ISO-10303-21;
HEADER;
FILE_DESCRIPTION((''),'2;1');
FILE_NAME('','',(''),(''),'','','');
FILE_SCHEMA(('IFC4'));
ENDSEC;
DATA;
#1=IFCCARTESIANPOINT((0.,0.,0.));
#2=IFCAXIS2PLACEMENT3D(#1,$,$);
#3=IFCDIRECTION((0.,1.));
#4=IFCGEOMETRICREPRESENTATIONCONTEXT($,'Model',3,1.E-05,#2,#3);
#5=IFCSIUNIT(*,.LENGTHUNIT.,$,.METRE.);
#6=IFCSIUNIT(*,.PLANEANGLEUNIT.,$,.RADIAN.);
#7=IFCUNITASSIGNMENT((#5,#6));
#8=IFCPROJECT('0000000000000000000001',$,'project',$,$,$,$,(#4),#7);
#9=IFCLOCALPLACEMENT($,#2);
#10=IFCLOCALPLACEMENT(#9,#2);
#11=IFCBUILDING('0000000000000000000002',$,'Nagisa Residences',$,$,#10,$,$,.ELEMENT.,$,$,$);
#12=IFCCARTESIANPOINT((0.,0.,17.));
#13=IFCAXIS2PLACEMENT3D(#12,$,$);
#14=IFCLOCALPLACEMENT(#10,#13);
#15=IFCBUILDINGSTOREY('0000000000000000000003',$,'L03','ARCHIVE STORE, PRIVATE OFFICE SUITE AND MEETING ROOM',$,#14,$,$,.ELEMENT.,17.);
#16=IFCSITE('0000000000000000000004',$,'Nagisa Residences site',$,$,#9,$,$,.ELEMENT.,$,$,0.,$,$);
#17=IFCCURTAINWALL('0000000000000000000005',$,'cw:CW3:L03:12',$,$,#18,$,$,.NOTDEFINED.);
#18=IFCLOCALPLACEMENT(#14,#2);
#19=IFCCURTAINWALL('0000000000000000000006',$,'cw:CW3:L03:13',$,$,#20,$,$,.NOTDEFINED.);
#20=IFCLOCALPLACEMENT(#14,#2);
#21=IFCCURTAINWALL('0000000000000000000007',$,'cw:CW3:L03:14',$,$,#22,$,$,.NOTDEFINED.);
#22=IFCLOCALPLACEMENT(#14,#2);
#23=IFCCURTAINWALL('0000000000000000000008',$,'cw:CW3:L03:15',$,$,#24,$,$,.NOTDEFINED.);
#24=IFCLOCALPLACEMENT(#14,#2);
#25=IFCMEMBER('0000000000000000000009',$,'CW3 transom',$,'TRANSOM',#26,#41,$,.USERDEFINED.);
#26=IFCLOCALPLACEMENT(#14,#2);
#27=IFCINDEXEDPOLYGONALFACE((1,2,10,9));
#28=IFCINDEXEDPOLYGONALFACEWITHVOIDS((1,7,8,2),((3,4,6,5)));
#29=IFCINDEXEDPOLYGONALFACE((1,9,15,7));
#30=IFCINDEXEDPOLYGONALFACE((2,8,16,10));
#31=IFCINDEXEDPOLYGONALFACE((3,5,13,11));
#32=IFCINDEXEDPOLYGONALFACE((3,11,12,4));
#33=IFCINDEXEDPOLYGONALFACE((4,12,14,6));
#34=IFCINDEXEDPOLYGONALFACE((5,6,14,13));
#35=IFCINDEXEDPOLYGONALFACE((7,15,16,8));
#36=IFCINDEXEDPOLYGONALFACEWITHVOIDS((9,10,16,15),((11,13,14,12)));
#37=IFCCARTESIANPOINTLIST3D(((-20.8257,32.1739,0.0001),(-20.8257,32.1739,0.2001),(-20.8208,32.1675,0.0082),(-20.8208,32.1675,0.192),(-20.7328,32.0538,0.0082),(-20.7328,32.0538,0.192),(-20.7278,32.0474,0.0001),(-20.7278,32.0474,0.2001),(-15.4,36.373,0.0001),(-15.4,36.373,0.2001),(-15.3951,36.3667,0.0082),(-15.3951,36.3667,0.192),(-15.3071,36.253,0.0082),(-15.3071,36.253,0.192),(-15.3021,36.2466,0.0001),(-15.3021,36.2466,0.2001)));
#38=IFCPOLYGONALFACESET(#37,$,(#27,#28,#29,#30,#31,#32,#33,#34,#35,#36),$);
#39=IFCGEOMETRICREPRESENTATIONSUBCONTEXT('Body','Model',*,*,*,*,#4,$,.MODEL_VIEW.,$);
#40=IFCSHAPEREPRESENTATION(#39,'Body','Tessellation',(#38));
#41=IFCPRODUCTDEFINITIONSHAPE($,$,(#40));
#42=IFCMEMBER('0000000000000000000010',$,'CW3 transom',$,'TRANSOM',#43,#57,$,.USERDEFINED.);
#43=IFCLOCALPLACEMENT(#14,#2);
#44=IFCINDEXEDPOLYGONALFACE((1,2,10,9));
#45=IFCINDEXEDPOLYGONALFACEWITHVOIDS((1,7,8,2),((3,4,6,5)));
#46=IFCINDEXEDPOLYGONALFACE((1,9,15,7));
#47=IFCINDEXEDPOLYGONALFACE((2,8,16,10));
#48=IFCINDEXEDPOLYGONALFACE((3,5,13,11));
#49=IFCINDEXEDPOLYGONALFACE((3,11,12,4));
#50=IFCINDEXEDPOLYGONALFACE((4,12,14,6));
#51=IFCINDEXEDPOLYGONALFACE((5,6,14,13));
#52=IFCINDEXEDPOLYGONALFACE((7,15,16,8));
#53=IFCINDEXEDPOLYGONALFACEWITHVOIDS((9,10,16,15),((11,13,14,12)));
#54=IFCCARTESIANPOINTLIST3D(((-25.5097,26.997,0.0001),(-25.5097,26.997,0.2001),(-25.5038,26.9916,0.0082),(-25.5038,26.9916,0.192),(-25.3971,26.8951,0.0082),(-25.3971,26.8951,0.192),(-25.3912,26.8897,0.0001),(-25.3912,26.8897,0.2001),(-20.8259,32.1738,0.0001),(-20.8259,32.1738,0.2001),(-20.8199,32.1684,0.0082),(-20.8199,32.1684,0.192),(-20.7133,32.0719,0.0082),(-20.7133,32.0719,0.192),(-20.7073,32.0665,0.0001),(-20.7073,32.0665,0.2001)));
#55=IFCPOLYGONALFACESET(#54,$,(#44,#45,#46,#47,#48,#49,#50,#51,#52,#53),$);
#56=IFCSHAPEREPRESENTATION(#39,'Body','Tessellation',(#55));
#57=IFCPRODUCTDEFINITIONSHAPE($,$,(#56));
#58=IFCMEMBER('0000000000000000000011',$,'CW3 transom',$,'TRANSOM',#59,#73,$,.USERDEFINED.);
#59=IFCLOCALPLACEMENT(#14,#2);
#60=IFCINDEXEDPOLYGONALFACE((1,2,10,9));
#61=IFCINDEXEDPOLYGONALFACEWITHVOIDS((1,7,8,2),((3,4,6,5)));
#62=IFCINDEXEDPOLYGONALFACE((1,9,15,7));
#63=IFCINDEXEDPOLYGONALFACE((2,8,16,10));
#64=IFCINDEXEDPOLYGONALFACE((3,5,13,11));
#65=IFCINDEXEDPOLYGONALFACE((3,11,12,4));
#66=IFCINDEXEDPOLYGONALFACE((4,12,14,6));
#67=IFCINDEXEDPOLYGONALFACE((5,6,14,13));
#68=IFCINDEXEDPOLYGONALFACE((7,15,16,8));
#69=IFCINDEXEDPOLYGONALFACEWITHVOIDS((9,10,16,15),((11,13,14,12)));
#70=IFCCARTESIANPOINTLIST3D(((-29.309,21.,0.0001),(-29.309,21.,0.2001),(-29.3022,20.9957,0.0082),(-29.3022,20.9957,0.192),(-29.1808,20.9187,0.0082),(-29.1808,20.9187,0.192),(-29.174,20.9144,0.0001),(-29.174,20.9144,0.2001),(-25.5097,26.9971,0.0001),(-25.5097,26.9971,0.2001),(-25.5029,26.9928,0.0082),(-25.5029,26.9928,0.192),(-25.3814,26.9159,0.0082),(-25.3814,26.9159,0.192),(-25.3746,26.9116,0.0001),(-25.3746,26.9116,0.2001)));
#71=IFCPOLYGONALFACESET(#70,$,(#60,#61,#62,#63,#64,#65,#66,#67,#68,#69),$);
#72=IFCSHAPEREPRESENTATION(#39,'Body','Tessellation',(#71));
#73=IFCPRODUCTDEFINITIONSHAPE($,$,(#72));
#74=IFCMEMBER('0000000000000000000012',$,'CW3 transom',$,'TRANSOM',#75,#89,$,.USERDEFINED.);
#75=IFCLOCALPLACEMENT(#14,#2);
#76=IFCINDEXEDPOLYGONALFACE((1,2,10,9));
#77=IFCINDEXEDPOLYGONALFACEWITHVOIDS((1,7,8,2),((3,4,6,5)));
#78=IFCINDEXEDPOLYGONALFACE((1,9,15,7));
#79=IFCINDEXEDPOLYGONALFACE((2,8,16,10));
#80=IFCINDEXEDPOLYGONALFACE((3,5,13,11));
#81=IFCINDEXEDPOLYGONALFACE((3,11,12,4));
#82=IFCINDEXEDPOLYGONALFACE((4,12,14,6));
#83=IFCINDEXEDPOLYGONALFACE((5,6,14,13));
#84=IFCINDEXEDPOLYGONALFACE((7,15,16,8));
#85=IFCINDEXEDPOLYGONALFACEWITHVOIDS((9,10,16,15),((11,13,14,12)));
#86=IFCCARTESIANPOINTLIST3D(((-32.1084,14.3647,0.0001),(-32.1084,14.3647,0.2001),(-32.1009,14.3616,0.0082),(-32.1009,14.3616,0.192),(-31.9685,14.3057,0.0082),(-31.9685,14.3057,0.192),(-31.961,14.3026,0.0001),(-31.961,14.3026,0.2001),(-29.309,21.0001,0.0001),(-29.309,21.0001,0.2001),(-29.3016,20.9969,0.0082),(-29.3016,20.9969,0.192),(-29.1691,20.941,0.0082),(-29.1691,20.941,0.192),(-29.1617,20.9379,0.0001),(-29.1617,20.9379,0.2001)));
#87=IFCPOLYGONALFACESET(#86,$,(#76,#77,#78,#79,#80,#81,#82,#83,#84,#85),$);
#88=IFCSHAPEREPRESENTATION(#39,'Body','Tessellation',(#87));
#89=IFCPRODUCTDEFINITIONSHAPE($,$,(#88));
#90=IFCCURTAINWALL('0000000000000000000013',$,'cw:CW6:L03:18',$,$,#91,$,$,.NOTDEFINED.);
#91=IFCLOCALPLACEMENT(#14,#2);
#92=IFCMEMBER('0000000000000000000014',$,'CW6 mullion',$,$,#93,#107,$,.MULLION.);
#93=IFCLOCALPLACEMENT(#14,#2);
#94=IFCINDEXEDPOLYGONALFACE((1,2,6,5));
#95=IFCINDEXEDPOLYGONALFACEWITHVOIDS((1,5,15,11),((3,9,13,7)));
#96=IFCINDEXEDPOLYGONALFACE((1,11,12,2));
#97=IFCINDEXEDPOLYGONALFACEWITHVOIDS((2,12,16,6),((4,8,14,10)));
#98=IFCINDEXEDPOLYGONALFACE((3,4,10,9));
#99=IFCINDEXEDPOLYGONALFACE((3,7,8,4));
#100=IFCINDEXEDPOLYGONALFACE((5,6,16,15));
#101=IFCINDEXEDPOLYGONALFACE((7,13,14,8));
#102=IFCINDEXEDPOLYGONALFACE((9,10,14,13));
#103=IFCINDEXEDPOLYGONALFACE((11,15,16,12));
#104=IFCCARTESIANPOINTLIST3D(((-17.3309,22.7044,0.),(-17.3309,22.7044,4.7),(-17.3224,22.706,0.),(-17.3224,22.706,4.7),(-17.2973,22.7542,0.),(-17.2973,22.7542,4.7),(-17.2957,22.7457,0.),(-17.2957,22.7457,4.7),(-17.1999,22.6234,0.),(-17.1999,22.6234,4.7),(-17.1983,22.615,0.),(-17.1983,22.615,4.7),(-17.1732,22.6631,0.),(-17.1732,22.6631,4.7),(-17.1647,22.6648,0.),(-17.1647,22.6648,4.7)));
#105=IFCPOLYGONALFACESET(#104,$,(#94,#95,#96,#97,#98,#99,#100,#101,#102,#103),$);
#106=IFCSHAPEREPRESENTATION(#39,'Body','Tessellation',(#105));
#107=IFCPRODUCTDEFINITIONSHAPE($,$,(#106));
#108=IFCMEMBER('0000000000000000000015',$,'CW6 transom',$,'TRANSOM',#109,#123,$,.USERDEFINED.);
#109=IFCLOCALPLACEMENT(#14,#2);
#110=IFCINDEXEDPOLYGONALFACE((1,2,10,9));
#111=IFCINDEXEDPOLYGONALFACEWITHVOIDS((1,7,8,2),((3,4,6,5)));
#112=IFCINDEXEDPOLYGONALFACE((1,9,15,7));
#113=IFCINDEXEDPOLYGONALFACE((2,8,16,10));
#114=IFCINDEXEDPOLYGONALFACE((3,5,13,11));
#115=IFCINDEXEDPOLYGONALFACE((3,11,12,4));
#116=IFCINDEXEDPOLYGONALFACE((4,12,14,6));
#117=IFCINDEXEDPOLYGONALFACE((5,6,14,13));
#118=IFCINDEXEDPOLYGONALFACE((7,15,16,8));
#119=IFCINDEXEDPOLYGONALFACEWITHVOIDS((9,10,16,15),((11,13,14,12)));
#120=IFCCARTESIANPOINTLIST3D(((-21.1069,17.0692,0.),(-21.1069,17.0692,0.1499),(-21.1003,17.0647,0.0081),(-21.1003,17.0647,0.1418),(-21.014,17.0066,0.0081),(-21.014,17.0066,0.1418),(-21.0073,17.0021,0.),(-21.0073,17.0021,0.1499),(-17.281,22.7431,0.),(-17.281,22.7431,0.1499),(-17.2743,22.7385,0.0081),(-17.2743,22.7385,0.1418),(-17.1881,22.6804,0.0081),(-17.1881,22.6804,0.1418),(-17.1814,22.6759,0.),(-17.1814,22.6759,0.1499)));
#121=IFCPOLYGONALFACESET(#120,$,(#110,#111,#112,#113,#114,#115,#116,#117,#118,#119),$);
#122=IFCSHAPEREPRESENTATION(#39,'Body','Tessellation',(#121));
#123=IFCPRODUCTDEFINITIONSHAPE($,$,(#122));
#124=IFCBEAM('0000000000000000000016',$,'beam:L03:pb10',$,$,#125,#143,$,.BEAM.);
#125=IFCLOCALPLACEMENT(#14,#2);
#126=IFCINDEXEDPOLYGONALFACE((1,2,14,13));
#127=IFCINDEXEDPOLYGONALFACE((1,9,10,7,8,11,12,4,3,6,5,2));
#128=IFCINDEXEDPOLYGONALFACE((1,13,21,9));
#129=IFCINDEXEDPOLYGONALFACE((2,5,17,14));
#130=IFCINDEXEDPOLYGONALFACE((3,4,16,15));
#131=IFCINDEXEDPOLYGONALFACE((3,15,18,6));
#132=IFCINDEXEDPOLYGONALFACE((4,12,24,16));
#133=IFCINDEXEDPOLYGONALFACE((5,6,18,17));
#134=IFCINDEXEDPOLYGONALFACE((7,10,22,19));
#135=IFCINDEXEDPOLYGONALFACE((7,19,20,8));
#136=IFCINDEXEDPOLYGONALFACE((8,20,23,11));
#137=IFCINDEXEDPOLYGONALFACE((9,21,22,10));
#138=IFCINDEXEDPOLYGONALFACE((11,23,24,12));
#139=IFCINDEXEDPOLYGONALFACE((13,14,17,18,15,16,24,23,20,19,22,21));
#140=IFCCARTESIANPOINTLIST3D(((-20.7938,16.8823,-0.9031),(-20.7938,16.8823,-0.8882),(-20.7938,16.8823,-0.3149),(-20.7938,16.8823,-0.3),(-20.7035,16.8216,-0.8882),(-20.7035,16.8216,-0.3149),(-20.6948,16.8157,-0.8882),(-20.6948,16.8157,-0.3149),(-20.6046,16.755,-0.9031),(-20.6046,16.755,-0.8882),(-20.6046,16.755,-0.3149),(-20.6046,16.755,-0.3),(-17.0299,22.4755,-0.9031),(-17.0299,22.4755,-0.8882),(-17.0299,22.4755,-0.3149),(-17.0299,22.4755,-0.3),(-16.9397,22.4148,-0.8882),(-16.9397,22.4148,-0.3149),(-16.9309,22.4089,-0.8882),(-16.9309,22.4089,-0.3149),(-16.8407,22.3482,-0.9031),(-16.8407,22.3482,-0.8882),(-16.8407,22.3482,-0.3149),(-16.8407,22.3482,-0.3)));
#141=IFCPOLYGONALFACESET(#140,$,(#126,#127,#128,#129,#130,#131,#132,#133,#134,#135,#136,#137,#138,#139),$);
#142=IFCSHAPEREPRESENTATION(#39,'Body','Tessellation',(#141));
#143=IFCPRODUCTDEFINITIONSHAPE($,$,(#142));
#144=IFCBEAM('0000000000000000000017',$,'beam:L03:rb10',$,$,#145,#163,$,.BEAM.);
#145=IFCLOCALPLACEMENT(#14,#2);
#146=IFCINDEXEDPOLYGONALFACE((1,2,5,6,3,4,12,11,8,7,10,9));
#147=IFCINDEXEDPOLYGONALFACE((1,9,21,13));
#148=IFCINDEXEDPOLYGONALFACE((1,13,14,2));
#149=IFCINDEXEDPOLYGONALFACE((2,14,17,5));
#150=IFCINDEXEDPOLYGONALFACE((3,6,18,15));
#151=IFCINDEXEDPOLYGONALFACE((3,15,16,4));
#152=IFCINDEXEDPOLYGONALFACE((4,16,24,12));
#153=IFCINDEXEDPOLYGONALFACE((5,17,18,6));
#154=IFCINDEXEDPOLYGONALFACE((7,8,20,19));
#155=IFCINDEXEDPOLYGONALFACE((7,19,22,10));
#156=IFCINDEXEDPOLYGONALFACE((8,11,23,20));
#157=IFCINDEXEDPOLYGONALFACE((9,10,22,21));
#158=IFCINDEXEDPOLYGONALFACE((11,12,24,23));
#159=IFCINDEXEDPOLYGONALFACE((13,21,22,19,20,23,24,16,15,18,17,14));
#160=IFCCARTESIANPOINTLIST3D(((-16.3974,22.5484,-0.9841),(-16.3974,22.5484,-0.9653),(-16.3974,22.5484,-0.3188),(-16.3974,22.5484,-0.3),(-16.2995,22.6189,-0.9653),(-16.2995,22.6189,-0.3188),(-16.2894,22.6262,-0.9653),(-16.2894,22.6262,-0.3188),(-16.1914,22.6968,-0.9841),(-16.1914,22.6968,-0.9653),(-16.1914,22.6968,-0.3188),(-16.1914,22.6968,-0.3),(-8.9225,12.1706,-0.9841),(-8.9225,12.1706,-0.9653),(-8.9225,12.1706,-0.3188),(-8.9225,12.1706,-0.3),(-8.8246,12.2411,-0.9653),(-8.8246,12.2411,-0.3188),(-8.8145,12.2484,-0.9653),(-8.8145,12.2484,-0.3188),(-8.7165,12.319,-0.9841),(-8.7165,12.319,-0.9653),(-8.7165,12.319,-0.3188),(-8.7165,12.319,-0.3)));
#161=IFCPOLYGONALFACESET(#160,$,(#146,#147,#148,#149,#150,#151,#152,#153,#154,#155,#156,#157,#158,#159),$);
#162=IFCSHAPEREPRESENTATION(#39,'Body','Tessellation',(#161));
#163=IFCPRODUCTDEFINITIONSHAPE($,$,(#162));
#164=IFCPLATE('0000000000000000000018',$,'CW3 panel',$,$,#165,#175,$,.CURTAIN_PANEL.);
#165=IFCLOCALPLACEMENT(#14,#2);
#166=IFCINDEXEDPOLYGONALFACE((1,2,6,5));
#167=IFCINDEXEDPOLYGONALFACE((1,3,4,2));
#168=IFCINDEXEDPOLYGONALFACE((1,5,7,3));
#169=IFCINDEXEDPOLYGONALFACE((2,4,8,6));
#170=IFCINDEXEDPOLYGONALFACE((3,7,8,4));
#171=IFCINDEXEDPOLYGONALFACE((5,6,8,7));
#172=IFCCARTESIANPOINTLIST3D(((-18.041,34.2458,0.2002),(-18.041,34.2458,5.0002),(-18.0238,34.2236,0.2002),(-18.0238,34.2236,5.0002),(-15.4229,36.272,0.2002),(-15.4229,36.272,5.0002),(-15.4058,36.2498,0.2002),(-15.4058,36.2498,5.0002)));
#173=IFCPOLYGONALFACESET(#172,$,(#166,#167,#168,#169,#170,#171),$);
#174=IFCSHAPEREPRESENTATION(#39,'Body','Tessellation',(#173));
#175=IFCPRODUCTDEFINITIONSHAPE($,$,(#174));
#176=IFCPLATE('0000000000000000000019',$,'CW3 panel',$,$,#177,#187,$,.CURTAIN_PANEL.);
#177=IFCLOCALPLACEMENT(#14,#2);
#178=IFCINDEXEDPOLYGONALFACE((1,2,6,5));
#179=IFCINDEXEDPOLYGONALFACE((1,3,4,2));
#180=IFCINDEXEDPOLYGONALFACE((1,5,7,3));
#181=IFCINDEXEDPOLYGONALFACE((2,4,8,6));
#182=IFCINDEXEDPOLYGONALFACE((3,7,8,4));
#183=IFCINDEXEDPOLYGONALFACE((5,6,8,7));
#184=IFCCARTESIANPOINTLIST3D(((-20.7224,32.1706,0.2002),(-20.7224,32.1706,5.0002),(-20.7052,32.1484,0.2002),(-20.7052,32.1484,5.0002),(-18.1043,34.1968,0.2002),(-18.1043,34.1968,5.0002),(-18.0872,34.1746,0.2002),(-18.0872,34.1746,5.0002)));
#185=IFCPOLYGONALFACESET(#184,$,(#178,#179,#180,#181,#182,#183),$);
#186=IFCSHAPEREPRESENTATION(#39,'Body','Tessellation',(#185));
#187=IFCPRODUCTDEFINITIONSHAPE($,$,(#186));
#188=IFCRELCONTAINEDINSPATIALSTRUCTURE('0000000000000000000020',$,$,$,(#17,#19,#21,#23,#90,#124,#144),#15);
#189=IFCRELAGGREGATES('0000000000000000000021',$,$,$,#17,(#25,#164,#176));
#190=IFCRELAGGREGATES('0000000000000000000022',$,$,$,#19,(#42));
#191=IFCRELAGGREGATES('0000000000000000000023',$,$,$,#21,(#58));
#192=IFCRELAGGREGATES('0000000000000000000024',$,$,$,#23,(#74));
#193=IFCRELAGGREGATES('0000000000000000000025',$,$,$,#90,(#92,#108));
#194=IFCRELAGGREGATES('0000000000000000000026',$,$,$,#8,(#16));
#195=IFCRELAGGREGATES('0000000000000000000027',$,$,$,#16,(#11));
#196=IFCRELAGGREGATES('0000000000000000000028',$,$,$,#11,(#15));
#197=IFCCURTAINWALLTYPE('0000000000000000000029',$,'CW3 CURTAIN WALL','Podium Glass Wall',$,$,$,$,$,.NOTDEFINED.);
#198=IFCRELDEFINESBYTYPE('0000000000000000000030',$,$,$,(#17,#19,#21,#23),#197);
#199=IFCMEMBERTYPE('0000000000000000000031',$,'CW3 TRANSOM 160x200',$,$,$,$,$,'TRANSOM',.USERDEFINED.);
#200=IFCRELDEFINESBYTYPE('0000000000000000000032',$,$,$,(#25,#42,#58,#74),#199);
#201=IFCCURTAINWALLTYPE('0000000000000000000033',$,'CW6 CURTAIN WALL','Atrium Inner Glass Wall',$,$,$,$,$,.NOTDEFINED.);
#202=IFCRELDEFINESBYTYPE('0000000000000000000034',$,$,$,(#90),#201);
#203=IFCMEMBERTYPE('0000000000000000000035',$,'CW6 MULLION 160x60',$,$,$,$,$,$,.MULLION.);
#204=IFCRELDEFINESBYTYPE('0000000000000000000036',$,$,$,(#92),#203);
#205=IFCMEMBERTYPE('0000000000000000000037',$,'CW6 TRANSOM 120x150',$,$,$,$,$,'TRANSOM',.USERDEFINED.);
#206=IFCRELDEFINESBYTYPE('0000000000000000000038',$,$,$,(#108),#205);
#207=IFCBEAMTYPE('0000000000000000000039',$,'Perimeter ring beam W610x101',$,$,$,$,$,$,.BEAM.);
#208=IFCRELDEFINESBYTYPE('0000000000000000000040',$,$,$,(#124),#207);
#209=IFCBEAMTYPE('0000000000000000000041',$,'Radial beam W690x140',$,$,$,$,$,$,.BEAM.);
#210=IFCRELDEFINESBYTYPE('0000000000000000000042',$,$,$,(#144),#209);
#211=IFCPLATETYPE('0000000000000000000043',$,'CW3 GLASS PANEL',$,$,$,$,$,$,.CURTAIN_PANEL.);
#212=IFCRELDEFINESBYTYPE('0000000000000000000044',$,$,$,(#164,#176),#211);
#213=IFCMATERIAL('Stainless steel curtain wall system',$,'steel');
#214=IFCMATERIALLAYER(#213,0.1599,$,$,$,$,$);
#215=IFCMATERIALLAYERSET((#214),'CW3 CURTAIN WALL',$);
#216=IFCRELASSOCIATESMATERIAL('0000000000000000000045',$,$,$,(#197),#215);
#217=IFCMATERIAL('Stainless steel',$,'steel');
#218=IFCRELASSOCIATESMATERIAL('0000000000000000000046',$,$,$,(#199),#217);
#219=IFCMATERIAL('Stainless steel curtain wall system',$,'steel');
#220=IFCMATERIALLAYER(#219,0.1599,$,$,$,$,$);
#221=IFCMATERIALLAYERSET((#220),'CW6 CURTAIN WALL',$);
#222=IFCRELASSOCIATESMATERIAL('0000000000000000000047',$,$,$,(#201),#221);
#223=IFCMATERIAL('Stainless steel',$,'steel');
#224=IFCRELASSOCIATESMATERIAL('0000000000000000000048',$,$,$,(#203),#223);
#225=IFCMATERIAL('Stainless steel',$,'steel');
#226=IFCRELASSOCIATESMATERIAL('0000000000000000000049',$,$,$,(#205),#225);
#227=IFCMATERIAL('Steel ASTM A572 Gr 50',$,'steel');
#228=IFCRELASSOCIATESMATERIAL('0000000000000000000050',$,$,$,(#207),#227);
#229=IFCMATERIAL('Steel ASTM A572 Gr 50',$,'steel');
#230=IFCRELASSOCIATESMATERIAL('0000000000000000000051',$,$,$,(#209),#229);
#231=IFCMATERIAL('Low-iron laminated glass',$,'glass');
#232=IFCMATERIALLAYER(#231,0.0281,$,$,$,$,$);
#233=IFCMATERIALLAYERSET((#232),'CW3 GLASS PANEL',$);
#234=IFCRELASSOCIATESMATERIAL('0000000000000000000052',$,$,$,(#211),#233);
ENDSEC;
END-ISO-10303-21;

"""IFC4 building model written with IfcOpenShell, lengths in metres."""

from ifc_helpers import new_model, si_unit, direction, frame, origin, origin_2d, place, context, subcontext, project, spatial, rectangle, hollow_rectangle, i_section, extrude, material, layer, layer_set, material_profile, profile_set, type_object, element, aggregate, save


model = new_model("IFC4")

# Units and contexts
model_context = context("Model", 3, precision=1e-05, world=origin(), true_north=direction((0.0, 1.0)))
body_context = subcontext(model_context, "Body", "Model", "MODEL_VIEW")
ifc_project = project(units=[si_unit("LENGTHUNIT", "METRE"), si_unit("PLANEANGLEUNIT", "RADIAN")], contexts=[model_context])

# Site, building, storey
site_placement = place(None, origin())
site = spatial("IfcSite", under=ifc_project, at=site_placement, Name="Nagisa Residences site", CompositionType="ELEMENT", RefElevation=0.0)
building_placement = place(site_placement, origin())
building = spatial("IfcBuilding", under=site, at=building_placement, Name="Nagisa Residences", CompositionType="ELEMENT")
storey_placement = place(building_placement, frame((0.0, 0.0, 17.0)))
storey = spatial("IfcBuildingStorey", under=building, at=storey_placement, Name="L03", Description="ARCHIVE STORE, PRIVATE OFFICE SUITE AND MEETING ROOM", CompositionType="ELEMENT", Elevation=17.0)

# Shared definitions
ifc_material_1 = material(Name="Stainless steel curtain wall system", Category="steel")
ifc_layer_1 = layer(ifc_material_1, 0.1599)
ifc_layer_set_1 = layer_set([ifc_layer_1], Name="CW3 CURTAIN WALL")
curtain_wall_type_1 = type_object("IfcCurtainWallType", Name="CW3 CURTAIN WALL", Description="Podium Glass Wall", PredefinedType="NOTDEFINED", material=ifc_layer_set_1)

# Curtain walls
curtain_wall_1_placement = place(storey_placement, origin())
curtain_wall_1 = element("IfcCurtainWall", 1, at=curtain_wall_1_placement, inside=storey, type_object=curtain_wall_type_1, Name="cw:CW3:L03:12", PredefinedType="NOTDEFINED")
curtain_wall_2_placement = place(storey_placement, origin())
curtain_wall_2 = element("IfcCurtainWall", 2, at=curtain_wall_2_placement, inside=storey, type_object=curtain_wall_type_1, Name="cw:CW3:L03:13", PredefinedType="NOTDEFINED")
curtain_wall_3_placement = place(storey_placement, origin())
curtain_wall_3 = element("IfcCurtainWall", 3, at=curtain_wall_3_placement, inside=storey, type_object=curtain_wall_type_1, Name="cw:CW3:L03:14", PredefinedType="NOTDEFINED")
curtain_wall_4_placement = place(storey_placement, origin())
curtain_wall_4 = element("IfcCurtainWall", 4, at=curtain_wall_4_placement, inside=storey, type_object=curtain_wall_type_1, Name="cw:CW3:L03:15", PredefinedType="NOTDEFINED")

# Members
ifc_material_2 = material(Name="Stainless steel", Category="steel")
ifc_material_profile_1 = material_profile(ifc_material_2, hollow_rectangle(XDim=0.1599, YDim=0.2, WallThickness=0.0081, at=origin_2d()), Name="CW3 TRANSOM 160x200")
ifc_profile_set_1 = profile_set([ifc_material_profile_1], Name="Stainless steel")
member_type_1 = type_object("IfcMemberType", Name="CW3 TRANSOM 160x200", ElementType="TRANSOM", PredefinedType="USERDEFINED", material=ifc_profile_set_1)
member_1_placement = place(storey_placement, frame((-15.3511, 36.3098, 0.1001), z_axis=(-0.790821, -0.612047, 0.0), x_axis=(0.612047, -0.790821, 0.0)))
member_1 = element("IfcMember", 5, at=member_1_placement, type_object=member_type_1, Name="CW3 transom", ObjectType="TRANSOM", PredefinedType="USERDEFINED", context=body_context, shape_type="SweptSolid", body=[
    extrude(hollow_rectangle(XDim=0.1599, YDim=0.2, WallThickness=0.0081, at=origin_2d()), origin(), (0.0, 0.0, 1.0), 6.8608),
])
member_2_placement = place(storey_placement, frame((-20.7666, 32.1201, 0.1001), z_axis=(-0.670922, -0.741528, 0.0), x_axis=(0.741528, -0.670922, 0.0)))
member_2 = element("IfcMember", 6, at=member_2_placement, type_object=member_type_1, Name="CW3 transom", ObjectType="TRANSOM", PredefinedType="USERDEFINED", context=body_context, shape_type="SweptSolid", body=[
    extrude(hollow_rectangle(XDim=0.1599, YDim=0.2, WallThickness=0.0081, at=origin_2d()), origin(), (0.0, 0.0, 1.0), 6.9812),
])
member_3_placement = place(storey_placement, frame((-25.4421, 26.9543, 0.1001), z_axis=(-0.53517, -0.844744, 0.0), x_axis=(0.844744, -0.53517, 0.0)))
member_3 = element("IfcMember", 7, at=member_3_placement, type_object=member_type_1, Name="CW3 transom", ObjectType="TRANSOM", PredefinedType="USERDEFINED", context=body_context, shape_type="SweptSolid", body=[
    extrude(hollow_rectangle(XDim=0.1599, YDim=0.2, WallThickness=0.0081, at=origin_2d()), origin(), (0.0, 0.0, 1.0), 7.0994),
])
member_4_placement = place(storey_placement, frame((-29.2354, 20.969, 0.1001), z_axis=(-0.388709, -0.921361, 0.0), x_axis=(0.921361, -0.388709, 0.0)))
member_4 = element("IfcMember", 8, at=member_4_placement, type_object=member_type_1, Name="CW3 transom", ObjectType="TRANSOM", PredefinedType="USERDEFINED", context=body_context, shape_type="SweptSolid", body=[
    extrude(hollow_rectangle(XDim=0.1599, YDim=0.2, WallThickness=0.0081, at=origin_2d()), origin(), (0.0, 0.0, 1.0), 7.2017),
])

# Curtain wall, members
ifc_material_3 = material(Name="Stainless steel curtain wall system", Category="steel")
ifc_layer_2 = layer(ifc_material_3, 0.1599)
ifc_layer_set_2 = layer_set([ifc_layer_2], Name="CW6 CURTAIN WALL")
curtain_wall_type_2 = type_object("IfcCurtainWallType", Name="CW6 CURTAIN WALL", Description="Atrium Inner Glass Wall", PredefinedType="NOTDEFINED", material=ifc_layer_set_2)
curtain_wall_5_placement = place(storey_placement, origin())
curtain_wall_5 = element("IfcCurtainWall", 9, at=curtain_wall_5_placement, inside=storey, type_object=curtain_wall_type_2, Name="cw:CW6:L03:18", PredefinedType="NOTDEFINED")
ifc_material_4 = material(Name="Stainless steel", Category="steel")
ifc_material_profile_2 = material_profile(ifc_material_4, hollow_rectangle(XDim=0.1599, YDim=0.0601, WallThickness=0.0061, at=origin_2d()), Name="CW6 MULLION 160x60")
ifc_profile_set_2 = profile_set([ifc_material_profile_2], Name="Stainless steel")
member_type_2 = type_object("IfcMemberType", Name="CW6 MULLION 160x60", PredefinedType="MULLION", material=ifc_profile_set_2)
member_5_placement = place(storey_placement, frame((-17.2478, 22.6846, 0.0), z_axis=(0.0, 0.0, 1.0), x_axis=(0.829111, -0.559084, 0.0)))
member_5 = element("IfcMember", 10, at=member_5_placement, type_object=member_type_2, Name="CW6 mullion", PredefinedType="MULLION", context=body_context, shape_type="SweptSolid", body=[
    extrude(hollow_rectangle(XDim=0.1599, YDim=0.0601, WallThickness=0.0061, at=origin_2d()), origin(), (0.0, 0.0, 1.0), 4.7),
])
ifc_material_5 = material(Name="Stainless steel", Category="steel")
ifc_material_profile_3 = material_profile(ifc_material_5, hollow_rectangle(XDim=0.1201, YDim=0.1499, WallThickness=0.0081, at=origin_2d()), Name="CW6 TRANSOM 120x150")
ifc_profile_set_3 = profile_set([ifc_material_profile_3], Name="Stainless steel")
member_type_3 = type_object("IfcMemberType", Name="CW6 TRANSOM 120x150", ElementType="TRANSOM", PredefinedType="USERDEFINED", material=ifc_profile_set_3)
member_6_placement = place(storey_placement, frame((-17.2312, 22.7095, 0.075), z_axis=(-0.559081, -0.829113, 0.0), x_axis=(0.829113, -0.559081, 0.0)))
member_6 = element("IfcMember", 11, at=member_6_placement, type_object=member_type_3, Name="CW6 transom", ObjectType="TRANSOM", PredefinedType="USERDEFINED", context=body_context, shape_type="SweptSolid", body=[
    extrude(hollow_rectangle(XDim=0.1201, YDim=0.1499, WallThickness=0.0081, at=origin_2d()), origin(), (0.0, 0.0, 1.0), 6.8433),
])

# Beams
ifc_material_6 = material(Name="Steel ASTM A572 Gr 50", Category="steel")
ifc_material_profile_4 = material_profile(ifc_material_6, i_section(OverallWidth=0.228, OverallDepth=0.603, WebThickness=0.0105, FlangeThickness=0.0149, at=origin_2d()), Name="W610x101")
ifc_profile_set_4 = profile_set([ifc_material_profile_4], Name="Steel ASTM A572 Gr 50")
beam_type_1 = type_object("IfcBeamType", Name="Perimeter ring beam W610x101", PredefinedType="BEAM", material=ifc_profile_set_4)
beam_1_placement = place(storey_placement, frame((-16.9353, 22.4119, -0.6016), z_axis=(-0.558297, -0.829641, 0.0), x_axis=(0.829641, -0.558297, 0.0)))
element("IfcBeam", 12, at=beam_1_placement, inside=storey, type_object=beam_type_1, Name="beam:L03:pb10", PredefinedType="BEAM", context=body_context, shape_type="SweptSolid", body=[
    extrude(i_section(OverallWidth=0.228, OverallDepth=0.603, WebThickness=0.0105, FlangeThickness=0.0149, at=origin_2d()), origin(), (0.0, 0.0, 1.0), 6.7417),
])
ifc_material_7 = material(Name="Steel ASTM A572 Gr 50", Category="steel")
ifc_material_profile_5 = material_profile(ifc_material_7, i_section(OverallWidth=0.2539, OverallDepth=0.6841, WebThickness=0.0125, FlangeThickness=0.0188, at=origin_2d()), Name="W690x140")
ifc_profile_set_5 = profile_set([ifc_material_profile_5], Name="Steel ASTM A572 Gr 50")
beam_type_2 = type_object("IfcBeamType", Name="Radial beam W690x140", PredefinedType="BEAM", material=ifc_profile_set_5)
beam_2_placement = place(storey_placement, frame((-16.2944, 22.6226, -0.6421), z_axis=(0.584455, -0.811426, 0.0), x_axis=(0.811426, 0.584455, 0.0)))
element("IfcBeam", 13, at=beam_2_placement, inside=storey, type_object=beam_type_2, Name="beam:L03:rb10", PredefinedType="BEAM", context=body_context, shape_type="SweptSolid", body=[
    extrude(i_section(OverallWidth=0.2539, OverallDepth=0.6841, WebThickness=0.0125, FlangeThickness=0.0188, at=origin_2d()), origin(), (0.0, 0.0, 1.0), 12.7896),
])

# Plates
ifc_material_8 = material(Name="Low-iron laminated glass", Category="glass")
ifc_layer_3 = layer(ifc_material_8, 0.0281)
ifc_layer_set_3 = layer_set([ifc_layer_3], Name="CW3 GLASS PANEL")
plate_type_1 = type_object("IfcPlateType", Name="CW3 GLASS PANEL", PredefinedType="CURTAIN_PANEL", material=ifc_layer_set_3)
plate_1_placement = place(storey_placement, frame((-16.7234, 35.2478, 0.2002), z_axis=(0.0, 0.0, 1.0), x_axis=(-0.790831, -0.612035, 0.0)))
plate_1 = element("IfcPlate", 14, at=plate_1_placement, type_object=plate_type_1, Name="CW3 panel", PredefinedType="CURTAIN_PANEL", context=body_context, shape_type="SweptSolid", body=[
    extrude(rectangle(XDim=3.3105, YDim=0.0281, at=origin_2d()), origin(), (0.0, 0.0, 1.0), 4.8),
])
plate_2_placement = place(storey_placement, frame((-19.4048, 33.1726, 0.2002), z_axis=(0.0, 0.0, 1.0), x_axis=(-0.790831, -0.612035, 0.0)))
plate_2 = element("IfcPlate", 15, at=plate_2_placement, type_object=plate_type_1, Name="CW3 panel", PredefinedType="CURTAIN_PANEL", context=body_context, shape_type="SweptSolid", body=[
    extrude(rectangle(XDim=3.3105, YDim=0.0281, at=origin_2d()), origin(), (0.0, 0.0, 1.0), 4.8),
])
aggregate(curtain_wall_1, [member_1, plate_1, plate_2])
aggregate(curtain_wall_2, [member_2])
aggregate(curtain_wall_3, [member_3])
aggregate(curtain_wall_4, [member_4])
aggregate(curtain_wall_5, [member_5, member_6])

save(model, "model.ifc")
